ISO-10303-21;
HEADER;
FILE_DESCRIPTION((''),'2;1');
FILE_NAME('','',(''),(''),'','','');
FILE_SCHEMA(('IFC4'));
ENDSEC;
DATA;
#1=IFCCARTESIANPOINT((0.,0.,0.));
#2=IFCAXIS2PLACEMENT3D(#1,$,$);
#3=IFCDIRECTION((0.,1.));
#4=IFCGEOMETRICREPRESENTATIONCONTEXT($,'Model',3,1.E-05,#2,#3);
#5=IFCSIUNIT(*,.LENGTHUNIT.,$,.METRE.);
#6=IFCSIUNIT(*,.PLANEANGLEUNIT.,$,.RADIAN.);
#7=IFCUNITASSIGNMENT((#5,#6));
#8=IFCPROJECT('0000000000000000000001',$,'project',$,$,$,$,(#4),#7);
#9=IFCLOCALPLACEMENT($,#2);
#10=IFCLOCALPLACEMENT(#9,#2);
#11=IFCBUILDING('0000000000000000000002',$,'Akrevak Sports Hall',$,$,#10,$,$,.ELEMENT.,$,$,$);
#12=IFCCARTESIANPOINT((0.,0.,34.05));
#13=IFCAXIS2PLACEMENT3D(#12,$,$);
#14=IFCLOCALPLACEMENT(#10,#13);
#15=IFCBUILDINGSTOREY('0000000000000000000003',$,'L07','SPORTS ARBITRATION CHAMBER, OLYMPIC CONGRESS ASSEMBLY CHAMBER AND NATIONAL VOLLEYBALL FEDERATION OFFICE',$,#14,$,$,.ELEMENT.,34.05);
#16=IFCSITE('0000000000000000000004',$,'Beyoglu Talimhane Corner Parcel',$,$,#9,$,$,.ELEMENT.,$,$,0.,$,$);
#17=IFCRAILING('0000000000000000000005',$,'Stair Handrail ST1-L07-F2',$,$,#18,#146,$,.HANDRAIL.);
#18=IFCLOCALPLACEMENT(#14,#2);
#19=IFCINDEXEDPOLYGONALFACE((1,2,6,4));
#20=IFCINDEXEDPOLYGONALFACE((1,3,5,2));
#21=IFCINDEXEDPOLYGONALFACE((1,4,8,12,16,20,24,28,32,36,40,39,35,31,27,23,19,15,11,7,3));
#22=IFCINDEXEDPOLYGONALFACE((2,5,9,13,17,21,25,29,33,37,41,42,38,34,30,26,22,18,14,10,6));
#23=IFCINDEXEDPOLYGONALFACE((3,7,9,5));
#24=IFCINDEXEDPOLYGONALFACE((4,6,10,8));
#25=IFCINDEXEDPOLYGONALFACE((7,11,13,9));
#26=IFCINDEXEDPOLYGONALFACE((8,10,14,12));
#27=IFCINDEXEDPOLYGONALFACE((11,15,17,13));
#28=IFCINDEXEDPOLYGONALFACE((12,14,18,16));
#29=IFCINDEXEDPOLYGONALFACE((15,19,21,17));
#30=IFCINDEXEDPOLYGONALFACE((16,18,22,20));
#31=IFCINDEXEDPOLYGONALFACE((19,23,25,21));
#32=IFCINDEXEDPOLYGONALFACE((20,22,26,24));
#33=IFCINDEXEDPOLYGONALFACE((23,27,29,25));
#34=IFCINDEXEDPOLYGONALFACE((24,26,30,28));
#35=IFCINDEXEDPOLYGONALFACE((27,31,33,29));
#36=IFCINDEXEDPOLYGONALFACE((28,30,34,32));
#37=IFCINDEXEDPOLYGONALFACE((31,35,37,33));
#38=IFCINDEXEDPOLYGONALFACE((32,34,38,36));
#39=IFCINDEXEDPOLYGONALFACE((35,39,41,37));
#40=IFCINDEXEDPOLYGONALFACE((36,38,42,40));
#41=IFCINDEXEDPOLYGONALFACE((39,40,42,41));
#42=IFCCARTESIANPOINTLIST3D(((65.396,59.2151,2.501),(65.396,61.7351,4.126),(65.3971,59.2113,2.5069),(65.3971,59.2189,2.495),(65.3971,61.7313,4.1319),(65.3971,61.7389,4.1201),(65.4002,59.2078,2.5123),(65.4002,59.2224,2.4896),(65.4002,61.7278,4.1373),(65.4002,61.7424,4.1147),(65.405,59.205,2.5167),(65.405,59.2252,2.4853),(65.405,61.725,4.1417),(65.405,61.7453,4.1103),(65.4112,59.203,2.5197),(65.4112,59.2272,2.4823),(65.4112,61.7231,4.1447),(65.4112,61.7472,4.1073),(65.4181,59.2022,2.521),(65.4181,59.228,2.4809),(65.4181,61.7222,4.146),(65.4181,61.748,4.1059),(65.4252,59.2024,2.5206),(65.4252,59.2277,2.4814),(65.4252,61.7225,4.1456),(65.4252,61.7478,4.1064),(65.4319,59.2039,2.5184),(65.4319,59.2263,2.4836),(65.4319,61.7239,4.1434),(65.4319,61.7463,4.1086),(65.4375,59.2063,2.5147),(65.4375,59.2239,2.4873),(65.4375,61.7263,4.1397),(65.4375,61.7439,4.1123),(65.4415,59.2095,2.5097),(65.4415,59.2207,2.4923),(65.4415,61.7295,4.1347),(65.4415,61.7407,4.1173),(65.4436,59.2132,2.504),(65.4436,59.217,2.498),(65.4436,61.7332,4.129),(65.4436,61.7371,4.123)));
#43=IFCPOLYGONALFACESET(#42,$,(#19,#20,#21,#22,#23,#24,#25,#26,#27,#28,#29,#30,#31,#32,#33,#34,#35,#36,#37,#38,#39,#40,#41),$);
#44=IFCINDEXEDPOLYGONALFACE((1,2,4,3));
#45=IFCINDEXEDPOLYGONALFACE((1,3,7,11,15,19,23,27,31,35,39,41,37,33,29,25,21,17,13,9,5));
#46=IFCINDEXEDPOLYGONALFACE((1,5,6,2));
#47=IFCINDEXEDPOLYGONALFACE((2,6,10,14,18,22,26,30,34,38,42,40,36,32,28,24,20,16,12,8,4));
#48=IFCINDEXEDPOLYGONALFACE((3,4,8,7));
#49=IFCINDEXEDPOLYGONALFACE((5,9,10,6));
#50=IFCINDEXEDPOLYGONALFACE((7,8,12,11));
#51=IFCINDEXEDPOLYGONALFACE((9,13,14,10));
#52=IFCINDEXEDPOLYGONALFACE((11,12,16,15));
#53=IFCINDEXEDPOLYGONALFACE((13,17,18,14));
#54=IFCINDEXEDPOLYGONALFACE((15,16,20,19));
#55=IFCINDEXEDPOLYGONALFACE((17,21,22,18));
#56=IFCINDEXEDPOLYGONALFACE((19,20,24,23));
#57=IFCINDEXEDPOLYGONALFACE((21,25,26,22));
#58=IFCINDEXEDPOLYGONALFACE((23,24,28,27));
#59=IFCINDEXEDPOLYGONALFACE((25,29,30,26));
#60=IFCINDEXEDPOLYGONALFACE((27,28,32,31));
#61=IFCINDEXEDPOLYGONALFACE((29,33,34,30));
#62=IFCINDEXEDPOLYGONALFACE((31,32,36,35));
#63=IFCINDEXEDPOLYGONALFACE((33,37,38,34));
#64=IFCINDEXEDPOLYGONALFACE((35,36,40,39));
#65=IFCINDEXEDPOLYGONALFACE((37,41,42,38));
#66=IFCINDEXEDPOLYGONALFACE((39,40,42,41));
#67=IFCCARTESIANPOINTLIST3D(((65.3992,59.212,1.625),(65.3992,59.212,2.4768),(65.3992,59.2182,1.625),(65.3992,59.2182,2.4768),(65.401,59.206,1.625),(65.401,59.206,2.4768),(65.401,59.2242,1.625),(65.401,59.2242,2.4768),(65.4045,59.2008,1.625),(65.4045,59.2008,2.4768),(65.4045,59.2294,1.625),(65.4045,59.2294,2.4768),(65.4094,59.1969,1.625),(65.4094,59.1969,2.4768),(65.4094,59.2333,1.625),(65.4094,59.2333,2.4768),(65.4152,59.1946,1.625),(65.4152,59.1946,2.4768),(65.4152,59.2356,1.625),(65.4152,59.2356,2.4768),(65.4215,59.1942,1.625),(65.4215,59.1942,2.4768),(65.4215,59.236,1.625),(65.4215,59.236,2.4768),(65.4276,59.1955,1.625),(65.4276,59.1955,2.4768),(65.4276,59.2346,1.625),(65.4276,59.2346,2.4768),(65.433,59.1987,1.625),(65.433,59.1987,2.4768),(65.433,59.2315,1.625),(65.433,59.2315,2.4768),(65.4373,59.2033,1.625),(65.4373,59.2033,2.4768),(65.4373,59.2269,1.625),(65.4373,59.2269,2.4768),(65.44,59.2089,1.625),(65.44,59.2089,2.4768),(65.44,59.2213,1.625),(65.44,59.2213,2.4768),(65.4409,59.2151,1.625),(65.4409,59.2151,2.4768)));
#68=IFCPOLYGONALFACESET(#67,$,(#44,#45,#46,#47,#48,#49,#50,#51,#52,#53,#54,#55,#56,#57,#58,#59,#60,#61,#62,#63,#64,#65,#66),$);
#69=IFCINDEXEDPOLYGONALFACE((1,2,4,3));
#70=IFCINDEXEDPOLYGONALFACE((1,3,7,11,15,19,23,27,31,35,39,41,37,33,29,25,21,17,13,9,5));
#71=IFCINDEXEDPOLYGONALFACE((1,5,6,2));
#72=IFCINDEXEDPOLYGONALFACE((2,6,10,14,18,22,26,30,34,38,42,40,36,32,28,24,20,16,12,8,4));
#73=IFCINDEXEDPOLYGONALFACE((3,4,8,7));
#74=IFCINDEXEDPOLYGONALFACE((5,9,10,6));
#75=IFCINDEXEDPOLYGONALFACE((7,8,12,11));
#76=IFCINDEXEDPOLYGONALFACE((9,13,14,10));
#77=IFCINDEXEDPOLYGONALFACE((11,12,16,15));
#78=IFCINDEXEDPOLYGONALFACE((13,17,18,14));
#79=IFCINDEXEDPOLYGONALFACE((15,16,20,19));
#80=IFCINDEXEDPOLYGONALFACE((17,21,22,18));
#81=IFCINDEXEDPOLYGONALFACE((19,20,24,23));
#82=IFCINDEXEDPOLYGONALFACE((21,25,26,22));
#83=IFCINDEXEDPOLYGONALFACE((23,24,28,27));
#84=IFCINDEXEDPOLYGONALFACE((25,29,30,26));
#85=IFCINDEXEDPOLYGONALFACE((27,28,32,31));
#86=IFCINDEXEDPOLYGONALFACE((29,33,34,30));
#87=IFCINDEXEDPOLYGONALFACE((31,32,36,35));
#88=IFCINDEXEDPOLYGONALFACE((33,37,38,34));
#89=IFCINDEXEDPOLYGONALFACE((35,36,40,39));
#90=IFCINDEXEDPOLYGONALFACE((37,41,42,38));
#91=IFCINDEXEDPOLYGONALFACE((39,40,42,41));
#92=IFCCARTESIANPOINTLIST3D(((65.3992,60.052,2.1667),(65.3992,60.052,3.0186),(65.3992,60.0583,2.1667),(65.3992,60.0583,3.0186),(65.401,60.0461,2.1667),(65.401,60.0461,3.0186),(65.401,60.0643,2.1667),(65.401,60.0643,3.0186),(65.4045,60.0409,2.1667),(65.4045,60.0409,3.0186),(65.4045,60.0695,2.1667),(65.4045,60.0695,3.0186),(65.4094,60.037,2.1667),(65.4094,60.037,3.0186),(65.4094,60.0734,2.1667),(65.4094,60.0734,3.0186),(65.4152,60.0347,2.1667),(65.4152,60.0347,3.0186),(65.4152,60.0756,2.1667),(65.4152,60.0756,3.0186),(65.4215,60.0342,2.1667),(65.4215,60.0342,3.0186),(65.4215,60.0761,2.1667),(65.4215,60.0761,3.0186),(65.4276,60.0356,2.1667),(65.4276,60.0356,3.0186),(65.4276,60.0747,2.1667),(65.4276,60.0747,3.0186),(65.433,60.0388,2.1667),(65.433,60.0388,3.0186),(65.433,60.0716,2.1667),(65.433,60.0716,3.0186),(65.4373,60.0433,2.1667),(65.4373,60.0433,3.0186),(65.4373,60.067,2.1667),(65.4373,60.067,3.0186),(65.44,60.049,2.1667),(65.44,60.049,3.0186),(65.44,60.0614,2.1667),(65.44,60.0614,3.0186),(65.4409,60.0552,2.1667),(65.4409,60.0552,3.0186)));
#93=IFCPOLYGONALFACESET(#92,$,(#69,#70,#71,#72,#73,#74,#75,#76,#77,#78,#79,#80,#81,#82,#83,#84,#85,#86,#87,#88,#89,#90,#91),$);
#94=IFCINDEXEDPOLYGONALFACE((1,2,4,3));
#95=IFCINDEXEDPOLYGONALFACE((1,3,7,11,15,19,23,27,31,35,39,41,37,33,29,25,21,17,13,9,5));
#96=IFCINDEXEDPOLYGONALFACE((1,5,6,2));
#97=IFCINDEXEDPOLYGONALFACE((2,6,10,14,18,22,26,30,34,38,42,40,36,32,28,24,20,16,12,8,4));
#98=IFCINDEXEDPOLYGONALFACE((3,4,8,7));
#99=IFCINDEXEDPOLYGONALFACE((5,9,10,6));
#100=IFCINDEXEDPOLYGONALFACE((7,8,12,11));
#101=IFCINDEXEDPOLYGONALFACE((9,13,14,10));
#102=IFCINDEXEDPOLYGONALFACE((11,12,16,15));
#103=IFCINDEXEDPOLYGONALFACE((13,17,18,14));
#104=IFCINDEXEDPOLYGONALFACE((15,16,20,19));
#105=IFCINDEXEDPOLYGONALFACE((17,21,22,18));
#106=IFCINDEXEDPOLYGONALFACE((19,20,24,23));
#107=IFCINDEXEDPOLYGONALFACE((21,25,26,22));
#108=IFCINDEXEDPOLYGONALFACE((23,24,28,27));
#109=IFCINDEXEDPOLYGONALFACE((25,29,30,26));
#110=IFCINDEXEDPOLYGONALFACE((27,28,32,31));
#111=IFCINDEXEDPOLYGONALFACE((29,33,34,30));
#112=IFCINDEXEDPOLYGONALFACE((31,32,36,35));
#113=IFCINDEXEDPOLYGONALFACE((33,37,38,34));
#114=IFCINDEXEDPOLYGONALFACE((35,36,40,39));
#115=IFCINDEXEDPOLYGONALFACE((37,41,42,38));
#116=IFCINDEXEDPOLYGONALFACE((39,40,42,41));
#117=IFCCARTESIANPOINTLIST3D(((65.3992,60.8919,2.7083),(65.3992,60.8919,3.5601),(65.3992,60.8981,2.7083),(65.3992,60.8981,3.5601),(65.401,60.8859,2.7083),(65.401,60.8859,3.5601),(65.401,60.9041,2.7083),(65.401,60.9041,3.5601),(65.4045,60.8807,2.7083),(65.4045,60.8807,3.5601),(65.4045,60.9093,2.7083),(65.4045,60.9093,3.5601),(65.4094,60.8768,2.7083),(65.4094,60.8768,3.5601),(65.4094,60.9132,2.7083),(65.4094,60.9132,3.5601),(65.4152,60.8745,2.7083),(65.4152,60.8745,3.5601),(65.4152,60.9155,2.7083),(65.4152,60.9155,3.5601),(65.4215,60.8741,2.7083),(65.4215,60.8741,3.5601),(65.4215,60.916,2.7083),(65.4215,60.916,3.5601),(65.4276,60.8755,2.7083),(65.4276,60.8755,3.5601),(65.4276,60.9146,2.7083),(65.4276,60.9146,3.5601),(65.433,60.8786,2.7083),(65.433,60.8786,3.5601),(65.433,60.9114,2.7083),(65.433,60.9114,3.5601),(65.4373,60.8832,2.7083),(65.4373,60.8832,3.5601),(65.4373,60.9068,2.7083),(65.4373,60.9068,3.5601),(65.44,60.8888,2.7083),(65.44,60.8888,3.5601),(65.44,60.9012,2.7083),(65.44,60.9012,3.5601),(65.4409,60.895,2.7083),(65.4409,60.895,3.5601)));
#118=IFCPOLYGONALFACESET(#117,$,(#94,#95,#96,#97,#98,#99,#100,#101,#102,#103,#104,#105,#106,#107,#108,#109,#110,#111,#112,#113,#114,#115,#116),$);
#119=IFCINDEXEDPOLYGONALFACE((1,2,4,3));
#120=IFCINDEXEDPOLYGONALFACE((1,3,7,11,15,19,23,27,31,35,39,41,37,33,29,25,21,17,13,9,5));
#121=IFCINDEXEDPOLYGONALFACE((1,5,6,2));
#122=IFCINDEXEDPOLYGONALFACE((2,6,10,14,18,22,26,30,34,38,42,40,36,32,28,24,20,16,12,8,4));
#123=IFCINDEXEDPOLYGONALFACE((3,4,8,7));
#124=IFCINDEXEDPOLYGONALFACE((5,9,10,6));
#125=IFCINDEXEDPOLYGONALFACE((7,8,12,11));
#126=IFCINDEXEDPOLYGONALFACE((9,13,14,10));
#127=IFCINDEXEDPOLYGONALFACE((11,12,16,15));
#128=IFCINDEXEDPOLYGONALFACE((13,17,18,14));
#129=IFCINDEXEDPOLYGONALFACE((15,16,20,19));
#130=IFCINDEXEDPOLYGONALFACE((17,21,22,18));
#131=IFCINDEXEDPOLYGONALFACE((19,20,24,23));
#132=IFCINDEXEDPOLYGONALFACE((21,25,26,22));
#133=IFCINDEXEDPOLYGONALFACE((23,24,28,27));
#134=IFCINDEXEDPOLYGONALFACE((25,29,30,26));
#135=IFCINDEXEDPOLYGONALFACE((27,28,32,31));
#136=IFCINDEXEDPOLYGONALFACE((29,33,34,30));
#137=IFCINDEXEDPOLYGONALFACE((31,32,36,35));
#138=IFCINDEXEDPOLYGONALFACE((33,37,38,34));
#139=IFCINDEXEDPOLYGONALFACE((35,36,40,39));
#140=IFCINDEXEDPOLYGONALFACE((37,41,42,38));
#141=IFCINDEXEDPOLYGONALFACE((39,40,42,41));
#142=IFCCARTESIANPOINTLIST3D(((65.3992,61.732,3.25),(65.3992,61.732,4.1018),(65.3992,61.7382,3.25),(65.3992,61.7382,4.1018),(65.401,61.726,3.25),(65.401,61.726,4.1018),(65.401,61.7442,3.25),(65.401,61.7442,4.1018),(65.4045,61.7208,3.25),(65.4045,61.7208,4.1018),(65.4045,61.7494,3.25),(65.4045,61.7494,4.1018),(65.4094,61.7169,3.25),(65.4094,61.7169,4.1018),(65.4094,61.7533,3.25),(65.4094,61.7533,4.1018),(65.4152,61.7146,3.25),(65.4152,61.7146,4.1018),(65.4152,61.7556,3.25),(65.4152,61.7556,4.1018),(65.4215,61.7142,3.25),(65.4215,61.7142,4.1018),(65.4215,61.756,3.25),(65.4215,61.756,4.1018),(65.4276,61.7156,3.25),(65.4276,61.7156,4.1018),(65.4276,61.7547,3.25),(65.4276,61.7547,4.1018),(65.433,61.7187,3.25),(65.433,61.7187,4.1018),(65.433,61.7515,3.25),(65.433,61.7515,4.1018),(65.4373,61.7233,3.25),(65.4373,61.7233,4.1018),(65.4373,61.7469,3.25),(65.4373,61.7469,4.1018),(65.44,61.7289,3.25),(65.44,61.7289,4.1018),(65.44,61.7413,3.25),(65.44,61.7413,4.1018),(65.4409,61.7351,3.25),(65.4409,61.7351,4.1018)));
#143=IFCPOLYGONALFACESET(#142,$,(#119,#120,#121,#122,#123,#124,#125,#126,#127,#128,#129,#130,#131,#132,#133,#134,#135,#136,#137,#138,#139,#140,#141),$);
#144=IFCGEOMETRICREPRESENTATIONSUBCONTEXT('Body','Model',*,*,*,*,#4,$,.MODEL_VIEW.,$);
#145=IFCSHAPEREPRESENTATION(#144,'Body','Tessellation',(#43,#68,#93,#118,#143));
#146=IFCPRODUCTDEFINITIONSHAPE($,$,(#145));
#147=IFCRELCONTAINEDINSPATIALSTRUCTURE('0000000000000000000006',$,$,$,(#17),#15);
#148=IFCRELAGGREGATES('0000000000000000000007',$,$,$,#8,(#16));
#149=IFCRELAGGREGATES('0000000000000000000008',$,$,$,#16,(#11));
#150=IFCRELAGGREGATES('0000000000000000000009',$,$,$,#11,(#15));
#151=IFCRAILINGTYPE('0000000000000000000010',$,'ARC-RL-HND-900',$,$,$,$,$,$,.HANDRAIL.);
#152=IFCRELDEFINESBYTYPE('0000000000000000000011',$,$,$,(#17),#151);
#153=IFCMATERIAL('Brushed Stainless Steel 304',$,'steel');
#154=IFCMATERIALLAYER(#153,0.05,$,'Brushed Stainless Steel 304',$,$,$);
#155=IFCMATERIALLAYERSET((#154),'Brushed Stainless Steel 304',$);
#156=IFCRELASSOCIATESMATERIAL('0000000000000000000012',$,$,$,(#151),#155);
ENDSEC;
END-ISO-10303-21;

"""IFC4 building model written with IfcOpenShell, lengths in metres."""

from ifc_helpers import new_model, si_unit, direction, frame, origin, origin_2d, place, context, subcontext, project, spatial, circle, extrude, material, layer, layer_set, type_object, element, save


model = new_model("IFC4")

# Units and contexts
model_context = context("Model", 3, precision=1e-05, world=origin(), true_north=direction((0.0, 1.0)))
body_context = subcontext(model_context, "Body", "Model", "MODEL_VIEW")
ifc_project = project(units=[si_unit("LENGTHUNIT", "METRE"), si_unit("PLANEANGLEUNIT", "RADIAN")], contexts=[model_context])

# Site, building, storey
site_placement = place(None, origin())
site = spatial("IfcSite", under=ifc_project, at=site_placement, Name="Beyoglu Talimhane Corner Parcel", CompositionType="ELEMENT", RefElevation=0.0)
building_placement = place(site_placement, origin())
building = spatial("IfcBuilding", under=site, at=building_placement, Name="Akrevak Sports Hall", CompositionType="ELEMENT")
storey_placement = place(building_placement, frame((0.0, 0.0, 34.05)))
storey = spatial("IfcBuildingStorey", under=building, at=storey_placement, Name="L07", Description="SPORTS ARBITRATION CHAMBER, OLYMPIC CONGRESS ASSEMBLY CHAMBER AND NATIONAL VOLLEYBALL FEDERATION OFFICE", CompositionType="ELEMENT", Elevation=34.05)

# Shared definitions
ifc_material_1 = material(Name="Brushed Stainless Steel 304", Category="steel")

# Railing
ifc_layer_1 = layer(ifc_material_1, 0.05, Name="Brushed Stainless Steel 304")
ifc_layer_set_1 = layer_set([ifc_layer_1], Name="Brushed Stainless Steel 304")
railing_type_1 = type_object("IfcRailingType", Name="ARC-RL-HND-900", PredefinedType="HANDRAIL", material=ifc_layer_set_1)
railing_1_placement = place(storey_placement, frame((65.4199, 59.2151, 1.625)))
element("IfcRailing", 1, at=railing_1_placement, inside=storey, type_object=railing_type_1, Name="Stair Handrail ST1-L07-F2", PredefinedType="HANDRAIL", context=body_context, shape_type="SweptSolid", body=[
    extrude(circle(Radius=0.0239, at=origin_2d()), frame((0.0, 0.0, 0.876), z_axis=(0.0, 0.840421, 0.541934), x_axis=(-1.0, 0.0, 0.0)), (0.0, 0.0, 1.0), 2.9985),
    extrude(circle(Radius=0.021, at=origin_2d()), origin(), (0.0, 0.0, 1.0), 0.8518),
    extrude(circle(Radius=0.021, at=origin_2d()), frame((0.0, 0.8401, 0.5417)), (0.0, 0.0, 1.0), 0.8518),
    extrude(circle(Radius=0.021, at=origin_2d()), frame((0.0, 1.6799, 1.0833)), (0.0, 0.0, 1.0), 0.8518),
    extrude(circle(Radius=0.021, at=origin_2d()), frame((0.0, 2.52, 1.625)), (0.0, 0.0, 1.0), 0.8518),
])

save(model, "model.ifc")
